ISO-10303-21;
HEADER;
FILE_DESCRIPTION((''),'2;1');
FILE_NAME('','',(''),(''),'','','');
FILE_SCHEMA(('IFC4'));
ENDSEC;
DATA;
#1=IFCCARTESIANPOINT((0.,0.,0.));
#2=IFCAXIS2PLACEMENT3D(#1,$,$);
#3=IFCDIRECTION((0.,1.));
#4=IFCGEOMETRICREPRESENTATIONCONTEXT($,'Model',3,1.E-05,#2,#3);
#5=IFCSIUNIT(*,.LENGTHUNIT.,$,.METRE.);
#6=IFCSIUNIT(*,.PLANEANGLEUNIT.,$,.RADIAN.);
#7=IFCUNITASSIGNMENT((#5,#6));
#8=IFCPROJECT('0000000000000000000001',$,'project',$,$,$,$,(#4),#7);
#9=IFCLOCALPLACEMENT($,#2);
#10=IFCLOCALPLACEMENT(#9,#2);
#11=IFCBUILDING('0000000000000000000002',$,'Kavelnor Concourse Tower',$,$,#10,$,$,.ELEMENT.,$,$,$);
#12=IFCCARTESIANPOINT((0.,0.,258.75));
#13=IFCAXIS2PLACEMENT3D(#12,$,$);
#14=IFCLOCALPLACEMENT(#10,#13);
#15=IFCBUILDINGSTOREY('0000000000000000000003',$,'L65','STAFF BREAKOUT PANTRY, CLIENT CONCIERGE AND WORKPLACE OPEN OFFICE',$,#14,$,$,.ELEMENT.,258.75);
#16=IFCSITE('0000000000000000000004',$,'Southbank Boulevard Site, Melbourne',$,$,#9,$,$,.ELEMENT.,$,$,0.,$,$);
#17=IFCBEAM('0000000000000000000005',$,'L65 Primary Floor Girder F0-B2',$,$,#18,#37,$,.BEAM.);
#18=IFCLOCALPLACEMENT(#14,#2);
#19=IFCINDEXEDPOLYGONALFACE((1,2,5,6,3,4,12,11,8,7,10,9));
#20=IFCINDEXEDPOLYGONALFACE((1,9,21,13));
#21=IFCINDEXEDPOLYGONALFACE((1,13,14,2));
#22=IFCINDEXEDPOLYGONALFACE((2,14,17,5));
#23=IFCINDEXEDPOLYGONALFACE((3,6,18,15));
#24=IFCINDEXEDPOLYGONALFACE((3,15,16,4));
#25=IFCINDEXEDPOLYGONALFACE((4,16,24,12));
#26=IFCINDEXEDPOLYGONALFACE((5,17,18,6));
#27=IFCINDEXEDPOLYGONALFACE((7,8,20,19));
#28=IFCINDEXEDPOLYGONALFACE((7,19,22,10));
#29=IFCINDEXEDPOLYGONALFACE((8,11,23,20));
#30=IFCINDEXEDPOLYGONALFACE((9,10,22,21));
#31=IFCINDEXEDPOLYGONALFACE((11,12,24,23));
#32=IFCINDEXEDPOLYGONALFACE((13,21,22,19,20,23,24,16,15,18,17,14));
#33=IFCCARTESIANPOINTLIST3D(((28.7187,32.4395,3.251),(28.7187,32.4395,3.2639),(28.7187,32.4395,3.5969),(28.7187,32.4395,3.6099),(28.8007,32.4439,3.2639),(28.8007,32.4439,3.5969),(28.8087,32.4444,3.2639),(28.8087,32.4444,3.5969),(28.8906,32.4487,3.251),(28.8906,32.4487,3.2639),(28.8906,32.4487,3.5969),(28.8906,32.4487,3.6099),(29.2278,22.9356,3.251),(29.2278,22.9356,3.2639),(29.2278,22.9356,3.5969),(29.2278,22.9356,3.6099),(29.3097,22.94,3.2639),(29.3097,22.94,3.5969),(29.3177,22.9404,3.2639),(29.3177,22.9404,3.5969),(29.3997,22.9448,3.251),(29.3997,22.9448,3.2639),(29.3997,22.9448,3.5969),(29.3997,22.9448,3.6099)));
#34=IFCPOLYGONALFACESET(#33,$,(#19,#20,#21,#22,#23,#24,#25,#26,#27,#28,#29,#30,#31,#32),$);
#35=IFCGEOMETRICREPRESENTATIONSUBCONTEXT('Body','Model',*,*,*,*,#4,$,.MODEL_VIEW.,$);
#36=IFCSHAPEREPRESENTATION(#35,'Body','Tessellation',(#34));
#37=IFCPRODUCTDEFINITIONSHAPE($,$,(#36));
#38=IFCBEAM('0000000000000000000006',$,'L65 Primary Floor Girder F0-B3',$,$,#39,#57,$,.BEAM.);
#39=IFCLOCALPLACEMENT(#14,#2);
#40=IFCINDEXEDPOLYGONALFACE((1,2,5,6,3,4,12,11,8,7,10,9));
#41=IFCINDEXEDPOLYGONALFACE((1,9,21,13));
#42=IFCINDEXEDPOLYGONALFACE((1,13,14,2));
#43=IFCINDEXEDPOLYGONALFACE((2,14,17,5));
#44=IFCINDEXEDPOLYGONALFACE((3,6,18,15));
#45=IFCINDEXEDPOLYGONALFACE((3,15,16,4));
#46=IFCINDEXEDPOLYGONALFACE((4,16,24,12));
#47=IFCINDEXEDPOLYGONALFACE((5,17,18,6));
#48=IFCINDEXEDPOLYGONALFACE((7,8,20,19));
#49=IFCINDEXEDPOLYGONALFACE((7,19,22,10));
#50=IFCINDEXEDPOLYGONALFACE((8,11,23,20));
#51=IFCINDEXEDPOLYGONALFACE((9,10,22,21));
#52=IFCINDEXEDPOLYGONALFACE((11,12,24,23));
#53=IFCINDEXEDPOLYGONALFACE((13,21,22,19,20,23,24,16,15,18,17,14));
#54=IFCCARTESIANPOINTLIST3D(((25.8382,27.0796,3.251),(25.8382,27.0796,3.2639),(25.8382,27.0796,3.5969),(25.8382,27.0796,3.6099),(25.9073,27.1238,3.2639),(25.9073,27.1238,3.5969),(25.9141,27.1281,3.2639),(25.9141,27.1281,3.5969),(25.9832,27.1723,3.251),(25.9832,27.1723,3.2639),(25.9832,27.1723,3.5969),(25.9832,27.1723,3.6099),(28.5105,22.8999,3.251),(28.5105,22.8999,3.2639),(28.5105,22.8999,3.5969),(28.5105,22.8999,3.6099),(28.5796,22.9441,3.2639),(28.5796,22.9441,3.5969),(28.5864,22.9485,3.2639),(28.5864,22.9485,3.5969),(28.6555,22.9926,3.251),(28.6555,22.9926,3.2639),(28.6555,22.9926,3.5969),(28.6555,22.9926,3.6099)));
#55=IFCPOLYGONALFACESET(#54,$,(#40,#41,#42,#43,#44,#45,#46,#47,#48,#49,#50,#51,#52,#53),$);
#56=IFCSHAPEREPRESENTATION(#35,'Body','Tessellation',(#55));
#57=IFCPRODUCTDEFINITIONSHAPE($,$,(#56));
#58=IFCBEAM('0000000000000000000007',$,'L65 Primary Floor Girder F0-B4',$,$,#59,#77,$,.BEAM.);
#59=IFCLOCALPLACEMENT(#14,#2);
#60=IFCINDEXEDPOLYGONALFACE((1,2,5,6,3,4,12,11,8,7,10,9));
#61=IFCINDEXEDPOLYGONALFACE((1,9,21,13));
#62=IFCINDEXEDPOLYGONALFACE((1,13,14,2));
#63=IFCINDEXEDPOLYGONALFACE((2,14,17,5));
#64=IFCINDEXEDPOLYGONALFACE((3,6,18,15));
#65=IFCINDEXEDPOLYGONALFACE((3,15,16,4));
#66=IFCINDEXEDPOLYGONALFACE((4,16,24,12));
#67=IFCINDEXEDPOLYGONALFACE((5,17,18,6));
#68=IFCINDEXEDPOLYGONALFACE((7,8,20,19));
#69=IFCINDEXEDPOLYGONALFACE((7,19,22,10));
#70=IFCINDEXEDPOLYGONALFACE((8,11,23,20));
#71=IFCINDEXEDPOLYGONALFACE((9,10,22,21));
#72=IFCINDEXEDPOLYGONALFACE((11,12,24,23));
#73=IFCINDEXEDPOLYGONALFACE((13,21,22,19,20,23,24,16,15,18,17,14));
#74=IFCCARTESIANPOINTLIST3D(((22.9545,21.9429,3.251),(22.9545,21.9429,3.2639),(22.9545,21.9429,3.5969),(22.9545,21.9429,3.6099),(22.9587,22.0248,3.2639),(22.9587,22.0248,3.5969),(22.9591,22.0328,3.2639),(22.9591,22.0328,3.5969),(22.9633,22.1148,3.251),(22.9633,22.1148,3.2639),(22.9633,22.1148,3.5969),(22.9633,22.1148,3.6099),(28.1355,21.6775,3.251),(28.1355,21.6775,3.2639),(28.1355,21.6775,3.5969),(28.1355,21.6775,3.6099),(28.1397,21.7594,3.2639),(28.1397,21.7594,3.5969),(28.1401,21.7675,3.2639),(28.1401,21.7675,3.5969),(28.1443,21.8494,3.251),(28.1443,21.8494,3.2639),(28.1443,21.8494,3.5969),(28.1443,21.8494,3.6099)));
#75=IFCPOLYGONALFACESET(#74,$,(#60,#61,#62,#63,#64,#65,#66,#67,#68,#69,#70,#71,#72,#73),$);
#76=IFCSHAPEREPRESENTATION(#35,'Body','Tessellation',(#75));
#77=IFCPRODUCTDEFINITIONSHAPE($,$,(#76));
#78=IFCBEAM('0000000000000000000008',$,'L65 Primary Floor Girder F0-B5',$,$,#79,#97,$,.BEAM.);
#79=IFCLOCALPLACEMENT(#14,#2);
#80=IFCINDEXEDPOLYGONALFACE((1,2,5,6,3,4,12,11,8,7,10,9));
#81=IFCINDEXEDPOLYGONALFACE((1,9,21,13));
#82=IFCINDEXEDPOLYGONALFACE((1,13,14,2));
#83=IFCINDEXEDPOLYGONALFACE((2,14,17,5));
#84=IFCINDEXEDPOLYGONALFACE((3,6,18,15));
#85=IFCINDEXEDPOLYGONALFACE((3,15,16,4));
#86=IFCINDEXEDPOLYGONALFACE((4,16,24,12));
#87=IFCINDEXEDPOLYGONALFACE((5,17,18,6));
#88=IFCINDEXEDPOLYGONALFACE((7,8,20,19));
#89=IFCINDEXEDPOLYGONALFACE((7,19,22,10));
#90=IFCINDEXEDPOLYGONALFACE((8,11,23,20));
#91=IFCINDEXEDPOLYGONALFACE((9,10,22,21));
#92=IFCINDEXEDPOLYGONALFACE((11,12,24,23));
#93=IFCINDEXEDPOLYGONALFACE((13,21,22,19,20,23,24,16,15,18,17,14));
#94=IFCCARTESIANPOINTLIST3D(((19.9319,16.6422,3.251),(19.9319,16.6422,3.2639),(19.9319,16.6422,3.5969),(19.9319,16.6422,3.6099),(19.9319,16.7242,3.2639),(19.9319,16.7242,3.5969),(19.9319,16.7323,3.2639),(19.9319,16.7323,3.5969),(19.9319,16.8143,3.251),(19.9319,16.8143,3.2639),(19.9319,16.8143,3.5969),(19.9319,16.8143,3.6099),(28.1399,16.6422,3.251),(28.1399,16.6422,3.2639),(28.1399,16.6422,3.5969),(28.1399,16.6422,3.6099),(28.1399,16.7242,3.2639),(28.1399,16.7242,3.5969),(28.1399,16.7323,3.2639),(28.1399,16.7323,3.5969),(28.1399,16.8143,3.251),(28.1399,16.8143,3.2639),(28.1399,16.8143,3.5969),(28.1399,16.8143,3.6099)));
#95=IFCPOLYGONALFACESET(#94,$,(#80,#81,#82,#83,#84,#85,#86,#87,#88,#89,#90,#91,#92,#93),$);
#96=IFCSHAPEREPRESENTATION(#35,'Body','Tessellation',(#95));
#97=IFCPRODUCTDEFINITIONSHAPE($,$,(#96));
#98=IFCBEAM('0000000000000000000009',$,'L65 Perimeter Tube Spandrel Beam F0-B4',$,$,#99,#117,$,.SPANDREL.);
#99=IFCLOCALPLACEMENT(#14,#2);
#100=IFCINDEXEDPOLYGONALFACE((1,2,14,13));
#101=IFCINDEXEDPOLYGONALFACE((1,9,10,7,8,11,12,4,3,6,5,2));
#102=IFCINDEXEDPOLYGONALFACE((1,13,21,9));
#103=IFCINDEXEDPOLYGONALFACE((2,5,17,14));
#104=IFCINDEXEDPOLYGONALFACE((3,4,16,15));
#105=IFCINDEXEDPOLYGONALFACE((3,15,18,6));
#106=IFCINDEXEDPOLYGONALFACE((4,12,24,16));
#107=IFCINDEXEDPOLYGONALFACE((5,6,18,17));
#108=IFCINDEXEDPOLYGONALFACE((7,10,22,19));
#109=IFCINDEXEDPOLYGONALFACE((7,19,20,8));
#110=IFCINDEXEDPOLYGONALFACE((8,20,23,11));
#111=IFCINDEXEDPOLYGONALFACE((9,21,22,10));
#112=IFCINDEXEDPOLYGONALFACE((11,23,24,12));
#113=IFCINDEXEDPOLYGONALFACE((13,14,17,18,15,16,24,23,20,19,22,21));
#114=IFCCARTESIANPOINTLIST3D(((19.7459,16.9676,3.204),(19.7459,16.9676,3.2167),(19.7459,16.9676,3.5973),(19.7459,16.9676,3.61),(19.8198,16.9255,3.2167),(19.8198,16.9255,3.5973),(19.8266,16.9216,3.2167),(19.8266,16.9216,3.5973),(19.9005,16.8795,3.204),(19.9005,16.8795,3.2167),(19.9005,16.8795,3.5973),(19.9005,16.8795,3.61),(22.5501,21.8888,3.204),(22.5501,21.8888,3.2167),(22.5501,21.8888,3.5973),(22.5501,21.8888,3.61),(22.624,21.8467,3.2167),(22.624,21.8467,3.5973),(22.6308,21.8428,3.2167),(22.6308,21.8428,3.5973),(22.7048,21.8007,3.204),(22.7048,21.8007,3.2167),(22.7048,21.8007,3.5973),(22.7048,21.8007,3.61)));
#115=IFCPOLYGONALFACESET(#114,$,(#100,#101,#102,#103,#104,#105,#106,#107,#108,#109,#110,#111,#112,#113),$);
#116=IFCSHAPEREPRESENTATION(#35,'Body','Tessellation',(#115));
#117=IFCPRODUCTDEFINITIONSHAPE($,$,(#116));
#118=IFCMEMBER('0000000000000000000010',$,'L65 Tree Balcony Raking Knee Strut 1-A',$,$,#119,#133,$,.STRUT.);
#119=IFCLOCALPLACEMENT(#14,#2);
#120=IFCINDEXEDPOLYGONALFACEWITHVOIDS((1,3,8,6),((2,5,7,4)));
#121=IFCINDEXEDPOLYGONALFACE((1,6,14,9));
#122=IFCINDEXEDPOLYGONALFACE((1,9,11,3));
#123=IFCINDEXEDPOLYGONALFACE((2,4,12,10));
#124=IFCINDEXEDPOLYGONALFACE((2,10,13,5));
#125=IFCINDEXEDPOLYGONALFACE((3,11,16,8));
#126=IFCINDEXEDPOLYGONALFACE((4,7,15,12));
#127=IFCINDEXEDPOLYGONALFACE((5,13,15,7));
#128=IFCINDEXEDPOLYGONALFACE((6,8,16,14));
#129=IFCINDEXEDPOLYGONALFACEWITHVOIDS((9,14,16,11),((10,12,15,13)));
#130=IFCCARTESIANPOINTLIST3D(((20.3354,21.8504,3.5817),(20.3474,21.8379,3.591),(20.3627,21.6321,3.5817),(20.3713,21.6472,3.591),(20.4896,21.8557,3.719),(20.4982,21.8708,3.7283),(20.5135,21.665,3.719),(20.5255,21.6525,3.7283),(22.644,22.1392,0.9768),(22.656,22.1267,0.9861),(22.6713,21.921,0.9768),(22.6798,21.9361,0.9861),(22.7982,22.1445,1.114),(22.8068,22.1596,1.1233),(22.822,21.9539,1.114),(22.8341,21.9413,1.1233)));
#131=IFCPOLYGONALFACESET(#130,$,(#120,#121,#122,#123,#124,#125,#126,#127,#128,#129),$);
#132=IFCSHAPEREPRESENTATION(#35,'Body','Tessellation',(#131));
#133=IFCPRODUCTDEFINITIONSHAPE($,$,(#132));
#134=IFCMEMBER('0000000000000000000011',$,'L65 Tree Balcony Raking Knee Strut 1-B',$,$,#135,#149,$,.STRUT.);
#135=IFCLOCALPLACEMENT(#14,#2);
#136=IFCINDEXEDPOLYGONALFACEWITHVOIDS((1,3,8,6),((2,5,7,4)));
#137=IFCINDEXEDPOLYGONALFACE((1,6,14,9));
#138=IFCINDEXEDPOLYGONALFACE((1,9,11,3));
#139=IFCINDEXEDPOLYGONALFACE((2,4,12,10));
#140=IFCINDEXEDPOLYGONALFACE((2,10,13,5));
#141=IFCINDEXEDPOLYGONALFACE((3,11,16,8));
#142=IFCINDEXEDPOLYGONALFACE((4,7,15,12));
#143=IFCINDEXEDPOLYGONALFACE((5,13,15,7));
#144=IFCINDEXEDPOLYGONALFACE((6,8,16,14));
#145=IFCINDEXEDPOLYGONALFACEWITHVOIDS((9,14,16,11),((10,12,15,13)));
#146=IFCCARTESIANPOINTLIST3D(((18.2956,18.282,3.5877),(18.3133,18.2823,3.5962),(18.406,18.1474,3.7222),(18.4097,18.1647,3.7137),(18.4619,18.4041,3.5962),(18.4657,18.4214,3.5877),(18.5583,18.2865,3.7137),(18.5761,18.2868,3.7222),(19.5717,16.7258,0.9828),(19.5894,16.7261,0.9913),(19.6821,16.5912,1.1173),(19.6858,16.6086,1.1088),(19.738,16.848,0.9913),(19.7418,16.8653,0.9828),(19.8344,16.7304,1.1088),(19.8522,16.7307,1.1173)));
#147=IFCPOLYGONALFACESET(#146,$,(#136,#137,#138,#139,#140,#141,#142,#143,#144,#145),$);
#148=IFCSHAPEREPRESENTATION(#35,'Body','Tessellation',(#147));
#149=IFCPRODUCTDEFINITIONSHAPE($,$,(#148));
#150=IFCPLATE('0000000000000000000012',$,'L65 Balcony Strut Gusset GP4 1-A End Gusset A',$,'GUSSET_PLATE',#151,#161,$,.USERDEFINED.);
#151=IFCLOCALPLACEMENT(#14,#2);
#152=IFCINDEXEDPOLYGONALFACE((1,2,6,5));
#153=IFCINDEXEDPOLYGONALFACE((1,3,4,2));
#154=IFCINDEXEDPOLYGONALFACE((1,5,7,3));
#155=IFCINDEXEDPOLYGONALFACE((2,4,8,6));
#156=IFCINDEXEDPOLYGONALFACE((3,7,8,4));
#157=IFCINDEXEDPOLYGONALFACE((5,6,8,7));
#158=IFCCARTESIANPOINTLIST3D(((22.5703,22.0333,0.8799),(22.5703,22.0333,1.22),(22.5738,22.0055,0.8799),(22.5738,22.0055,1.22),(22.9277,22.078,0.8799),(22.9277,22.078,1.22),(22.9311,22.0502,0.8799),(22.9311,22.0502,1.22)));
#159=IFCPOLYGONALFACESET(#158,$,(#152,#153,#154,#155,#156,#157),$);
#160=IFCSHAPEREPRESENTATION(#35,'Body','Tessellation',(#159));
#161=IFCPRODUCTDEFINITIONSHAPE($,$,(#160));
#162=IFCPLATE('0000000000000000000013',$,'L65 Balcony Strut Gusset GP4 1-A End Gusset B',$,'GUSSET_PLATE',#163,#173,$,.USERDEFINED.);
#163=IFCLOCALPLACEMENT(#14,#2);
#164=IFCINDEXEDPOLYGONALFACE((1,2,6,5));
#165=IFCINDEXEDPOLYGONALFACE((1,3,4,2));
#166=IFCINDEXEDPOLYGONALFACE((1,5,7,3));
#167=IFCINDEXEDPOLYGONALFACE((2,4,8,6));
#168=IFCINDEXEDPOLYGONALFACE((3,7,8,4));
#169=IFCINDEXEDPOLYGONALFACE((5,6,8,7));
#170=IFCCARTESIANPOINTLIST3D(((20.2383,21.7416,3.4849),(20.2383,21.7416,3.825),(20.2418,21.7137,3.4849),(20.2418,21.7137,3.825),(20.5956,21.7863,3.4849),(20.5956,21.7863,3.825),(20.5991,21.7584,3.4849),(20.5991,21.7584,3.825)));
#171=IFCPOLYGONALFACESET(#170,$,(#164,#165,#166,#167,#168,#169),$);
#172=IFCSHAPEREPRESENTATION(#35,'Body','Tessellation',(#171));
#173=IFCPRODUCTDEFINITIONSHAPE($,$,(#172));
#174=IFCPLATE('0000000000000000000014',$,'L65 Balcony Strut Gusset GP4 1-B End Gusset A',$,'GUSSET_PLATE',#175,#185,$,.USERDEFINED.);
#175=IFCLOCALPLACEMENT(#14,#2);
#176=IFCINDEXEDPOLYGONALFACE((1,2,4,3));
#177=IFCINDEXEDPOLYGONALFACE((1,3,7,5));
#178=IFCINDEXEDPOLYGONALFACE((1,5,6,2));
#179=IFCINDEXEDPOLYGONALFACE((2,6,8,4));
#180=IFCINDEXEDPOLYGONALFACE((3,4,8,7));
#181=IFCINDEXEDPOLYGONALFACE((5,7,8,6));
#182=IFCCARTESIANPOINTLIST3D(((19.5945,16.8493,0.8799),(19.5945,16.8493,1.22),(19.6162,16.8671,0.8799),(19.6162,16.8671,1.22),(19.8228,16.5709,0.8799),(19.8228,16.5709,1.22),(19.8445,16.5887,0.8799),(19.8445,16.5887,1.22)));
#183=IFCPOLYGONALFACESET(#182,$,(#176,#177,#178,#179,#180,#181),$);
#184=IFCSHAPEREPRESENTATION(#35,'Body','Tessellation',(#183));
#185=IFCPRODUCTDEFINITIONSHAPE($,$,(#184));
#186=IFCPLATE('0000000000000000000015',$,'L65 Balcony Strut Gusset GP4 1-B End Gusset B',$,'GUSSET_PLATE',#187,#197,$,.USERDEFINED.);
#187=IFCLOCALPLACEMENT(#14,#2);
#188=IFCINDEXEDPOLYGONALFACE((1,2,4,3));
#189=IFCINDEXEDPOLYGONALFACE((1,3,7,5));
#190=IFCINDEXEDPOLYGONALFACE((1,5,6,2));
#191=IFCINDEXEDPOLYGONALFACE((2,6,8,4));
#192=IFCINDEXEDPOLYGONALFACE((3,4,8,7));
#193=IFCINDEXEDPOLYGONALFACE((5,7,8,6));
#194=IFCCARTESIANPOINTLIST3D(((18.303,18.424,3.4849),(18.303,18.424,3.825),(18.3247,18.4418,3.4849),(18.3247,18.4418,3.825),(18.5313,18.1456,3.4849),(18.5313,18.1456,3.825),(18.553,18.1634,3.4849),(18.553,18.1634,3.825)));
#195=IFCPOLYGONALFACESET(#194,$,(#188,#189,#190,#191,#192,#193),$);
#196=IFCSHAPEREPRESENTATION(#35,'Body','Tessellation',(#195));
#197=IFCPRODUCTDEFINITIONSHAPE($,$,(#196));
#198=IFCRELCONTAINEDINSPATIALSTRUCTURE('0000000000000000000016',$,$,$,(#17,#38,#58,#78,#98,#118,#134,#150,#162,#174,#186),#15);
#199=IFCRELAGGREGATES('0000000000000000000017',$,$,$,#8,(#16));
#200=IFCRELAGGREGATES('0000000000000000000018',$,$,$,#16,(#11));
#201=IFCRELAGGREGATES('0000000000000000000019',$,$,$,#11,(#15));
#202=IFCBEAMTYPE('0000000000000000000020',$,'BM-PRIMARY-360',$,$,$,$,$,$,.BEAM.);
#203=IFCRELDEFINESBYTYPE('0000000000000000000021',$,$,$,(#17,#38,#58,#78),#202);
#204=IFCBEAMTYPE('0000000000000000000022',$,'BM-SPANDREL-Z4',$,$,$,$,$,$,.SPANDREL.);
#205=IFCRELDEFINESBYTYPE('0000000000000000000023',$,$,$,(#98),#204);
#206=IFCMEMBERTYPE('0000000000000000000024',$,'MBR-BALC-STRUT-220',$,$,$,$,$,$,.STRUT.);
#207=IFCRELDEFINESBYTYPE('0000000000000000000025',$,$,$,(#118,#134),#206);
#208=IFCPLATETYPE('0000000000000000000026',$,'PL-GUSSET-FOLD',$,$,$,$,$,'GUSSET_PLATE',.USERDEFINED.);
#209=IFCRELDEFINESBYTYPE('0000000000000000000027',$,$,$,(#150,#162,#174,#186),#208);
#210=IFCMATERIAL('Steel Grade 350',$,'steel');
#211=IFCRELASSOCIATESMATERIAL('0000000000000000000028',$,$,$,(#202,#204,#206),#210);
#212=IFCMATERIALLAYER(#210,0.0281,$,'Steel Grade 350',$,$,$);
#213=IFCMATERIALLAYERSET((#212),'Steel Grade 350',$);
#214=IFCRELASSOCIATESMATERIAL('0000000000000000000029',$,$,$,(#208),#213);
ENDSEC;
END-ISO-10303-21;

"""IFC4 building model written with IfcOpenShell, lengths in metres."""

from ifc_helpers import new_model, si_unit, direction, frame, origin, origin_2d, place, context, subcontext, project, spatial, rectangle, hollow_rectangle, i_section, extrude, material, layer, layer_set, material_profile, profile_set, type_object, element, save


model = new_model("IFC4")

# Units and contexts
model_context = context("Model", 3, precision=1e-05, world=origin(), true_north=direction((0.0, 1.0)))
body_context = subcontext(model_context, "Body", "Model", "MODEL_VIEW")
ifc_project = project(units=[si_unit("LENGTHUNIT", "METRE"), si_unit("PLANEANGLEUNIT", "RADIAN")], contexts=[model_context])

# Site, building, storey
site_placement = place(None, origin())
site = spatial("IfcSite", under=ifc_project, at=site_placement, Name="Southbank Boulevard Site, Melbourne", CompositionType="ELEMENT", RefElevation=0.0)
building_placement = place(site_placement, origin())
building = spatial("IfcBuilding", under=site, at=building_placement, Name="Kavelnor Concourse Tower", CompositionType="ELEMENT")
storey_placement = place(building_placement, frame((0.0, 0.0, 258.75)))
storey = spatial("IfcBuildingStorey", under=building, at=storey_placement, Name="L65", Description="STAFF BREAKOUT PANTRY, CLIENT CONCIERGE AND WORKPLACE OPEN OFFICE", CompositionType="ELEMENT", Elevation=258.75)

# Shared definitions
ifc_material_1 = material(Name="Steel Grade 350", Category="steel")

# Beams
ifc_material_profile_1 = material_profile(ifc_material_1, i_section(OverallWidth=0.1721, OverallDepth=0.3589, WebThickness=0.0081, FlangeThickness=0.0129, at=origin_2d()), Name="360UB56")
ifc_profile_set_1 = profile_set([ifc_material_profile_1], Name="Steel Grade 350")
beam_type_1 = type_object("IfcBeamType", Name="BM-PRIMARY-360", PredefinedType="BEAM", material=ifc_profile_set_1)
beam_1_placement = place(storey_placement, frame((29.3137, 22.9402, 3.4304), z_axis=(-0.053484, 0.998569, 0.0), x_axis=(-0.998569, -0.053484, 0.0)))
element("IfcBeam", 1, at=beam_1_placement, inside=storey, type_object=beam_type_1, Name="L65 Primary Floor Girder F0-B2", PredefinedType="BEAM", context=body_context, shape_type="SweptSolid", body=[
    extrude(i_section(OverallWidth=0.1721, OverallDepth=0.3589, WebThickness=0.0081, FlangeThickness=0.0129, at=origin_2d()), origin(), (0.0, 0.0, 1.0), 9.5176),
])
beam_2_placement = place(storey_placement, frame((28.583, 22.9463, 3.4304), z_axis=(-0.538677, 0.842513, 0.0), x_axis=(-0.842513, -0.538677, 0.0)))
element("IfcBeam", 2, at=beam_2_placement, inside=storey, type_object=beam_type_1, Name="L65 Primary Floor Girder F0-B3", PredefinedType="BEAM", context=body_context, shape_type="SweptSolid", body=[
    extrude(i_section(OverallWidth=0.1721, OverallDepth=0.3589, WebThickness=0.0081, FlangeThickness=0.0129, at=origin_2d()), origin(), (0.0, 0.0, 1.0), 4.9609),
])
beam_3_placement = place(storey_placement, frame((28.1399, 21.7634, 3.4304), z_axis=(-0.998691, 0.051156, 0.0), x_axis=(-0.051156, -0.998691, 0.0)))
element("IfcBeam", 3, at=beam_3_placement, inside=storey, type_object=beam_type_1, Name="L65 Primary Floor Girder F0-B4", PredefinedType="BEAM", context=body_context, shape_type="SweptSolid", body=[
    extrude(i_section(OverallWidth=0.1721, OverallDepth=0.3589, WebThickness=0.0081, FlangeThickness=0.0129, at=origin_2d()), origin(), (0.0, 0.0, 1.0), 5.1877),
])
beam_4_placement = place(storey_placement, frame((28.1399, 16.7283, 3.4304), z_axis=(-1.0, 0.0, 0.0), x_axis=(0.0, -1.0, 0.0)))
element("IfcBeam", 4, at=beam_4_placement, inside=storey, type_object=beam_type_1, Name="L65 Primary Floor Girder F0-B5", PredefinedType="BEAM", context=body_context, shape_type="SweptSolid", body=[
    extrude(i_section(OverallWidth=0.1721, OverallDepth=0.3589, WebThickness=0.0081, FlangeThickness=0.0129, at=origin_2d()), origin(), (0.0, 0.0, 1.0), 8.208),
])
ifc_material_profile_2 = material_profile(ifc_material_1, i_section(OverallWidth=0.178, OverallDepth=0.406, WebThickness=0.0078, FlangeThickness=0.0127, at=origin_2d()), Name="410UB59")
ifc_profile_set_2 = profile_set([ifc_material_profile_2], Name="Steel Grade 350")
beam_type_2 = type_object("IfcBeamType", Name="BM-SPANDREL-Z4", PredefinedType="SPANDREL", material=ifc_profile_set_2)
beam_5_placement = place(storey_placement, frame((22.6274, 21.8447, 3.407), z_axis=(-0.495089, -0.868842, 0.0), x_axis=(0.868842, -0.495089, 0.0)))
element("IfcBeam", 5, at=beam_5_placement, inside=storey, type_object=beam_type_2, Name="L65 Perimeter Tube Spandrel Beam F0-B4", PredefinedType="SPANDREL", context=body_context, shape_type="SweptSolid", body=[
    extrude(i_section(OverallWidth=0.178, OverallDepth=0.406, WebThickness=0.0078, FlangeThickness=0.0127, at=origin_2d()), origin(), (0.0, 0.0, 1.0), 5.6641),
])

# Members
ifc_material_profile_3 = material_profile(ifc_material_1, hollow_rectangle(XDim=0.22, YDim=0.22, WallThickness=0.0139, at=origin_2d()), Name="SHS 220x220x14")
ifc_profile_set_3 = profile_set([ifc_material_profile_3], Name="Steel Grade 350")
member_type = type_object("IfcMemberType", Name="MBR-BALC-STRUT-220", PredefinedType="STRUT", material=ifc_profile_set_3)
member_1_placement = place(storey_placement, frame((22.739, 22.0403, 1.05), z_axis=(-0.660977, -0.082692, 0.745836), x_axis=(0.124138, -0.992265, 0.0)))
element("IfcMember", 6, at=member_1_placement, inside=storey, type_object=member_type, Name="L65 Tree Balcony Raking Knee Strut 1-A", PredefinedType="STRUT", context=body_context, shape_type="SweptSolid", body=[
    extrude(hollow_rectangle(XDim=0.22, YDim=0.22, WallThickness=0.0139, at=origin_2d()), origin(), (0.0, 0.0, 1.0), 3.4927),
])
member_2_placement = place(storey_placement, frame((19.7119, 16.7283, 1.05), z_axis=(-0.387666, 0.472734, 0.791352), x_axis=(-0.773249, -0.634103, 0.0)))
element("IfcMember", 7, at=member_2_placement, inside=storey, type_object=member_type, Name="L65 Tree Balcony Raking Knee Strut 1-B", PredefinedType="STRUT", context=body_context, shape_type="SweptSolid", body=[
    extrude(hollow_rectangle(XDim=0.22, YDim=0.22, WallThickness=0.0139, at=origin_2d()), origin(), (0.0, 0.0, 1.0), 3.2917),
])

# Plates
ifc_layer_1 = layer(ifc_material_1, 0.0281, Name="Steel Grade 350")
ifc_layer_set_1 = layer_set([ifc_layer_1], Name="Steel Grade 350")
plate_type_1 = type_object("IfcPlateType", Name="PL-GUSSET-FOLD", ElementType="GUSSET_PLATE", PredefinedType="USERDEFINED", material=ifc_layer_set_1)
for number, where, z_axis, x_axis, name in (
    (8, (22.7507, 22.0417, 0.8799), (0.0, 0.0, 1.0), (-0.992267, -0.124121, 0.0), "L65 Balcony Strut Gusset GP4 1-A End Gusset A"),
    (9, (20.4187, 21.75, 3.4849), (0.0, 0.0, 1.0), (-0.992267, -0.124121, 0.0), "L65 Balcony Strut Gusset GP4 1-A End Gusset B"),
    (10, (19.7195, 16.719, 0.8799), (0.0, 0.0, 1.0), (-0.634056, 0.773287, 0.0), "L65 Balcony Strut Gusset GP4 1-B End Gusset A"),
    (11, (18.428, 18.2937, 3.4849), (0.0, 0.0, 1.0), (-0.634056, 0.773287, 0.0), "L65 Balcony Strut Gusset GP4 1-B End Gusset B"),
):
    element("IfcPlate", number, at=place(storey_placement, frame(where, z_axis=z_axis, x_axis=x_axis)), inside=storey, type_object=plate_type_1, Name=name, ObjectType="GUSSET_PLATE", PredefinedType="USERDEFINED", context=body_context, shape_type="SweptSolid", body=[
        extrude(rectangle(XDim=0.3601, YDim=0.0281, at=origin_2d()), origin(), (0.0, 0.0, 1.0), 0.3401),
    ])

save(model, "model.ifc")
